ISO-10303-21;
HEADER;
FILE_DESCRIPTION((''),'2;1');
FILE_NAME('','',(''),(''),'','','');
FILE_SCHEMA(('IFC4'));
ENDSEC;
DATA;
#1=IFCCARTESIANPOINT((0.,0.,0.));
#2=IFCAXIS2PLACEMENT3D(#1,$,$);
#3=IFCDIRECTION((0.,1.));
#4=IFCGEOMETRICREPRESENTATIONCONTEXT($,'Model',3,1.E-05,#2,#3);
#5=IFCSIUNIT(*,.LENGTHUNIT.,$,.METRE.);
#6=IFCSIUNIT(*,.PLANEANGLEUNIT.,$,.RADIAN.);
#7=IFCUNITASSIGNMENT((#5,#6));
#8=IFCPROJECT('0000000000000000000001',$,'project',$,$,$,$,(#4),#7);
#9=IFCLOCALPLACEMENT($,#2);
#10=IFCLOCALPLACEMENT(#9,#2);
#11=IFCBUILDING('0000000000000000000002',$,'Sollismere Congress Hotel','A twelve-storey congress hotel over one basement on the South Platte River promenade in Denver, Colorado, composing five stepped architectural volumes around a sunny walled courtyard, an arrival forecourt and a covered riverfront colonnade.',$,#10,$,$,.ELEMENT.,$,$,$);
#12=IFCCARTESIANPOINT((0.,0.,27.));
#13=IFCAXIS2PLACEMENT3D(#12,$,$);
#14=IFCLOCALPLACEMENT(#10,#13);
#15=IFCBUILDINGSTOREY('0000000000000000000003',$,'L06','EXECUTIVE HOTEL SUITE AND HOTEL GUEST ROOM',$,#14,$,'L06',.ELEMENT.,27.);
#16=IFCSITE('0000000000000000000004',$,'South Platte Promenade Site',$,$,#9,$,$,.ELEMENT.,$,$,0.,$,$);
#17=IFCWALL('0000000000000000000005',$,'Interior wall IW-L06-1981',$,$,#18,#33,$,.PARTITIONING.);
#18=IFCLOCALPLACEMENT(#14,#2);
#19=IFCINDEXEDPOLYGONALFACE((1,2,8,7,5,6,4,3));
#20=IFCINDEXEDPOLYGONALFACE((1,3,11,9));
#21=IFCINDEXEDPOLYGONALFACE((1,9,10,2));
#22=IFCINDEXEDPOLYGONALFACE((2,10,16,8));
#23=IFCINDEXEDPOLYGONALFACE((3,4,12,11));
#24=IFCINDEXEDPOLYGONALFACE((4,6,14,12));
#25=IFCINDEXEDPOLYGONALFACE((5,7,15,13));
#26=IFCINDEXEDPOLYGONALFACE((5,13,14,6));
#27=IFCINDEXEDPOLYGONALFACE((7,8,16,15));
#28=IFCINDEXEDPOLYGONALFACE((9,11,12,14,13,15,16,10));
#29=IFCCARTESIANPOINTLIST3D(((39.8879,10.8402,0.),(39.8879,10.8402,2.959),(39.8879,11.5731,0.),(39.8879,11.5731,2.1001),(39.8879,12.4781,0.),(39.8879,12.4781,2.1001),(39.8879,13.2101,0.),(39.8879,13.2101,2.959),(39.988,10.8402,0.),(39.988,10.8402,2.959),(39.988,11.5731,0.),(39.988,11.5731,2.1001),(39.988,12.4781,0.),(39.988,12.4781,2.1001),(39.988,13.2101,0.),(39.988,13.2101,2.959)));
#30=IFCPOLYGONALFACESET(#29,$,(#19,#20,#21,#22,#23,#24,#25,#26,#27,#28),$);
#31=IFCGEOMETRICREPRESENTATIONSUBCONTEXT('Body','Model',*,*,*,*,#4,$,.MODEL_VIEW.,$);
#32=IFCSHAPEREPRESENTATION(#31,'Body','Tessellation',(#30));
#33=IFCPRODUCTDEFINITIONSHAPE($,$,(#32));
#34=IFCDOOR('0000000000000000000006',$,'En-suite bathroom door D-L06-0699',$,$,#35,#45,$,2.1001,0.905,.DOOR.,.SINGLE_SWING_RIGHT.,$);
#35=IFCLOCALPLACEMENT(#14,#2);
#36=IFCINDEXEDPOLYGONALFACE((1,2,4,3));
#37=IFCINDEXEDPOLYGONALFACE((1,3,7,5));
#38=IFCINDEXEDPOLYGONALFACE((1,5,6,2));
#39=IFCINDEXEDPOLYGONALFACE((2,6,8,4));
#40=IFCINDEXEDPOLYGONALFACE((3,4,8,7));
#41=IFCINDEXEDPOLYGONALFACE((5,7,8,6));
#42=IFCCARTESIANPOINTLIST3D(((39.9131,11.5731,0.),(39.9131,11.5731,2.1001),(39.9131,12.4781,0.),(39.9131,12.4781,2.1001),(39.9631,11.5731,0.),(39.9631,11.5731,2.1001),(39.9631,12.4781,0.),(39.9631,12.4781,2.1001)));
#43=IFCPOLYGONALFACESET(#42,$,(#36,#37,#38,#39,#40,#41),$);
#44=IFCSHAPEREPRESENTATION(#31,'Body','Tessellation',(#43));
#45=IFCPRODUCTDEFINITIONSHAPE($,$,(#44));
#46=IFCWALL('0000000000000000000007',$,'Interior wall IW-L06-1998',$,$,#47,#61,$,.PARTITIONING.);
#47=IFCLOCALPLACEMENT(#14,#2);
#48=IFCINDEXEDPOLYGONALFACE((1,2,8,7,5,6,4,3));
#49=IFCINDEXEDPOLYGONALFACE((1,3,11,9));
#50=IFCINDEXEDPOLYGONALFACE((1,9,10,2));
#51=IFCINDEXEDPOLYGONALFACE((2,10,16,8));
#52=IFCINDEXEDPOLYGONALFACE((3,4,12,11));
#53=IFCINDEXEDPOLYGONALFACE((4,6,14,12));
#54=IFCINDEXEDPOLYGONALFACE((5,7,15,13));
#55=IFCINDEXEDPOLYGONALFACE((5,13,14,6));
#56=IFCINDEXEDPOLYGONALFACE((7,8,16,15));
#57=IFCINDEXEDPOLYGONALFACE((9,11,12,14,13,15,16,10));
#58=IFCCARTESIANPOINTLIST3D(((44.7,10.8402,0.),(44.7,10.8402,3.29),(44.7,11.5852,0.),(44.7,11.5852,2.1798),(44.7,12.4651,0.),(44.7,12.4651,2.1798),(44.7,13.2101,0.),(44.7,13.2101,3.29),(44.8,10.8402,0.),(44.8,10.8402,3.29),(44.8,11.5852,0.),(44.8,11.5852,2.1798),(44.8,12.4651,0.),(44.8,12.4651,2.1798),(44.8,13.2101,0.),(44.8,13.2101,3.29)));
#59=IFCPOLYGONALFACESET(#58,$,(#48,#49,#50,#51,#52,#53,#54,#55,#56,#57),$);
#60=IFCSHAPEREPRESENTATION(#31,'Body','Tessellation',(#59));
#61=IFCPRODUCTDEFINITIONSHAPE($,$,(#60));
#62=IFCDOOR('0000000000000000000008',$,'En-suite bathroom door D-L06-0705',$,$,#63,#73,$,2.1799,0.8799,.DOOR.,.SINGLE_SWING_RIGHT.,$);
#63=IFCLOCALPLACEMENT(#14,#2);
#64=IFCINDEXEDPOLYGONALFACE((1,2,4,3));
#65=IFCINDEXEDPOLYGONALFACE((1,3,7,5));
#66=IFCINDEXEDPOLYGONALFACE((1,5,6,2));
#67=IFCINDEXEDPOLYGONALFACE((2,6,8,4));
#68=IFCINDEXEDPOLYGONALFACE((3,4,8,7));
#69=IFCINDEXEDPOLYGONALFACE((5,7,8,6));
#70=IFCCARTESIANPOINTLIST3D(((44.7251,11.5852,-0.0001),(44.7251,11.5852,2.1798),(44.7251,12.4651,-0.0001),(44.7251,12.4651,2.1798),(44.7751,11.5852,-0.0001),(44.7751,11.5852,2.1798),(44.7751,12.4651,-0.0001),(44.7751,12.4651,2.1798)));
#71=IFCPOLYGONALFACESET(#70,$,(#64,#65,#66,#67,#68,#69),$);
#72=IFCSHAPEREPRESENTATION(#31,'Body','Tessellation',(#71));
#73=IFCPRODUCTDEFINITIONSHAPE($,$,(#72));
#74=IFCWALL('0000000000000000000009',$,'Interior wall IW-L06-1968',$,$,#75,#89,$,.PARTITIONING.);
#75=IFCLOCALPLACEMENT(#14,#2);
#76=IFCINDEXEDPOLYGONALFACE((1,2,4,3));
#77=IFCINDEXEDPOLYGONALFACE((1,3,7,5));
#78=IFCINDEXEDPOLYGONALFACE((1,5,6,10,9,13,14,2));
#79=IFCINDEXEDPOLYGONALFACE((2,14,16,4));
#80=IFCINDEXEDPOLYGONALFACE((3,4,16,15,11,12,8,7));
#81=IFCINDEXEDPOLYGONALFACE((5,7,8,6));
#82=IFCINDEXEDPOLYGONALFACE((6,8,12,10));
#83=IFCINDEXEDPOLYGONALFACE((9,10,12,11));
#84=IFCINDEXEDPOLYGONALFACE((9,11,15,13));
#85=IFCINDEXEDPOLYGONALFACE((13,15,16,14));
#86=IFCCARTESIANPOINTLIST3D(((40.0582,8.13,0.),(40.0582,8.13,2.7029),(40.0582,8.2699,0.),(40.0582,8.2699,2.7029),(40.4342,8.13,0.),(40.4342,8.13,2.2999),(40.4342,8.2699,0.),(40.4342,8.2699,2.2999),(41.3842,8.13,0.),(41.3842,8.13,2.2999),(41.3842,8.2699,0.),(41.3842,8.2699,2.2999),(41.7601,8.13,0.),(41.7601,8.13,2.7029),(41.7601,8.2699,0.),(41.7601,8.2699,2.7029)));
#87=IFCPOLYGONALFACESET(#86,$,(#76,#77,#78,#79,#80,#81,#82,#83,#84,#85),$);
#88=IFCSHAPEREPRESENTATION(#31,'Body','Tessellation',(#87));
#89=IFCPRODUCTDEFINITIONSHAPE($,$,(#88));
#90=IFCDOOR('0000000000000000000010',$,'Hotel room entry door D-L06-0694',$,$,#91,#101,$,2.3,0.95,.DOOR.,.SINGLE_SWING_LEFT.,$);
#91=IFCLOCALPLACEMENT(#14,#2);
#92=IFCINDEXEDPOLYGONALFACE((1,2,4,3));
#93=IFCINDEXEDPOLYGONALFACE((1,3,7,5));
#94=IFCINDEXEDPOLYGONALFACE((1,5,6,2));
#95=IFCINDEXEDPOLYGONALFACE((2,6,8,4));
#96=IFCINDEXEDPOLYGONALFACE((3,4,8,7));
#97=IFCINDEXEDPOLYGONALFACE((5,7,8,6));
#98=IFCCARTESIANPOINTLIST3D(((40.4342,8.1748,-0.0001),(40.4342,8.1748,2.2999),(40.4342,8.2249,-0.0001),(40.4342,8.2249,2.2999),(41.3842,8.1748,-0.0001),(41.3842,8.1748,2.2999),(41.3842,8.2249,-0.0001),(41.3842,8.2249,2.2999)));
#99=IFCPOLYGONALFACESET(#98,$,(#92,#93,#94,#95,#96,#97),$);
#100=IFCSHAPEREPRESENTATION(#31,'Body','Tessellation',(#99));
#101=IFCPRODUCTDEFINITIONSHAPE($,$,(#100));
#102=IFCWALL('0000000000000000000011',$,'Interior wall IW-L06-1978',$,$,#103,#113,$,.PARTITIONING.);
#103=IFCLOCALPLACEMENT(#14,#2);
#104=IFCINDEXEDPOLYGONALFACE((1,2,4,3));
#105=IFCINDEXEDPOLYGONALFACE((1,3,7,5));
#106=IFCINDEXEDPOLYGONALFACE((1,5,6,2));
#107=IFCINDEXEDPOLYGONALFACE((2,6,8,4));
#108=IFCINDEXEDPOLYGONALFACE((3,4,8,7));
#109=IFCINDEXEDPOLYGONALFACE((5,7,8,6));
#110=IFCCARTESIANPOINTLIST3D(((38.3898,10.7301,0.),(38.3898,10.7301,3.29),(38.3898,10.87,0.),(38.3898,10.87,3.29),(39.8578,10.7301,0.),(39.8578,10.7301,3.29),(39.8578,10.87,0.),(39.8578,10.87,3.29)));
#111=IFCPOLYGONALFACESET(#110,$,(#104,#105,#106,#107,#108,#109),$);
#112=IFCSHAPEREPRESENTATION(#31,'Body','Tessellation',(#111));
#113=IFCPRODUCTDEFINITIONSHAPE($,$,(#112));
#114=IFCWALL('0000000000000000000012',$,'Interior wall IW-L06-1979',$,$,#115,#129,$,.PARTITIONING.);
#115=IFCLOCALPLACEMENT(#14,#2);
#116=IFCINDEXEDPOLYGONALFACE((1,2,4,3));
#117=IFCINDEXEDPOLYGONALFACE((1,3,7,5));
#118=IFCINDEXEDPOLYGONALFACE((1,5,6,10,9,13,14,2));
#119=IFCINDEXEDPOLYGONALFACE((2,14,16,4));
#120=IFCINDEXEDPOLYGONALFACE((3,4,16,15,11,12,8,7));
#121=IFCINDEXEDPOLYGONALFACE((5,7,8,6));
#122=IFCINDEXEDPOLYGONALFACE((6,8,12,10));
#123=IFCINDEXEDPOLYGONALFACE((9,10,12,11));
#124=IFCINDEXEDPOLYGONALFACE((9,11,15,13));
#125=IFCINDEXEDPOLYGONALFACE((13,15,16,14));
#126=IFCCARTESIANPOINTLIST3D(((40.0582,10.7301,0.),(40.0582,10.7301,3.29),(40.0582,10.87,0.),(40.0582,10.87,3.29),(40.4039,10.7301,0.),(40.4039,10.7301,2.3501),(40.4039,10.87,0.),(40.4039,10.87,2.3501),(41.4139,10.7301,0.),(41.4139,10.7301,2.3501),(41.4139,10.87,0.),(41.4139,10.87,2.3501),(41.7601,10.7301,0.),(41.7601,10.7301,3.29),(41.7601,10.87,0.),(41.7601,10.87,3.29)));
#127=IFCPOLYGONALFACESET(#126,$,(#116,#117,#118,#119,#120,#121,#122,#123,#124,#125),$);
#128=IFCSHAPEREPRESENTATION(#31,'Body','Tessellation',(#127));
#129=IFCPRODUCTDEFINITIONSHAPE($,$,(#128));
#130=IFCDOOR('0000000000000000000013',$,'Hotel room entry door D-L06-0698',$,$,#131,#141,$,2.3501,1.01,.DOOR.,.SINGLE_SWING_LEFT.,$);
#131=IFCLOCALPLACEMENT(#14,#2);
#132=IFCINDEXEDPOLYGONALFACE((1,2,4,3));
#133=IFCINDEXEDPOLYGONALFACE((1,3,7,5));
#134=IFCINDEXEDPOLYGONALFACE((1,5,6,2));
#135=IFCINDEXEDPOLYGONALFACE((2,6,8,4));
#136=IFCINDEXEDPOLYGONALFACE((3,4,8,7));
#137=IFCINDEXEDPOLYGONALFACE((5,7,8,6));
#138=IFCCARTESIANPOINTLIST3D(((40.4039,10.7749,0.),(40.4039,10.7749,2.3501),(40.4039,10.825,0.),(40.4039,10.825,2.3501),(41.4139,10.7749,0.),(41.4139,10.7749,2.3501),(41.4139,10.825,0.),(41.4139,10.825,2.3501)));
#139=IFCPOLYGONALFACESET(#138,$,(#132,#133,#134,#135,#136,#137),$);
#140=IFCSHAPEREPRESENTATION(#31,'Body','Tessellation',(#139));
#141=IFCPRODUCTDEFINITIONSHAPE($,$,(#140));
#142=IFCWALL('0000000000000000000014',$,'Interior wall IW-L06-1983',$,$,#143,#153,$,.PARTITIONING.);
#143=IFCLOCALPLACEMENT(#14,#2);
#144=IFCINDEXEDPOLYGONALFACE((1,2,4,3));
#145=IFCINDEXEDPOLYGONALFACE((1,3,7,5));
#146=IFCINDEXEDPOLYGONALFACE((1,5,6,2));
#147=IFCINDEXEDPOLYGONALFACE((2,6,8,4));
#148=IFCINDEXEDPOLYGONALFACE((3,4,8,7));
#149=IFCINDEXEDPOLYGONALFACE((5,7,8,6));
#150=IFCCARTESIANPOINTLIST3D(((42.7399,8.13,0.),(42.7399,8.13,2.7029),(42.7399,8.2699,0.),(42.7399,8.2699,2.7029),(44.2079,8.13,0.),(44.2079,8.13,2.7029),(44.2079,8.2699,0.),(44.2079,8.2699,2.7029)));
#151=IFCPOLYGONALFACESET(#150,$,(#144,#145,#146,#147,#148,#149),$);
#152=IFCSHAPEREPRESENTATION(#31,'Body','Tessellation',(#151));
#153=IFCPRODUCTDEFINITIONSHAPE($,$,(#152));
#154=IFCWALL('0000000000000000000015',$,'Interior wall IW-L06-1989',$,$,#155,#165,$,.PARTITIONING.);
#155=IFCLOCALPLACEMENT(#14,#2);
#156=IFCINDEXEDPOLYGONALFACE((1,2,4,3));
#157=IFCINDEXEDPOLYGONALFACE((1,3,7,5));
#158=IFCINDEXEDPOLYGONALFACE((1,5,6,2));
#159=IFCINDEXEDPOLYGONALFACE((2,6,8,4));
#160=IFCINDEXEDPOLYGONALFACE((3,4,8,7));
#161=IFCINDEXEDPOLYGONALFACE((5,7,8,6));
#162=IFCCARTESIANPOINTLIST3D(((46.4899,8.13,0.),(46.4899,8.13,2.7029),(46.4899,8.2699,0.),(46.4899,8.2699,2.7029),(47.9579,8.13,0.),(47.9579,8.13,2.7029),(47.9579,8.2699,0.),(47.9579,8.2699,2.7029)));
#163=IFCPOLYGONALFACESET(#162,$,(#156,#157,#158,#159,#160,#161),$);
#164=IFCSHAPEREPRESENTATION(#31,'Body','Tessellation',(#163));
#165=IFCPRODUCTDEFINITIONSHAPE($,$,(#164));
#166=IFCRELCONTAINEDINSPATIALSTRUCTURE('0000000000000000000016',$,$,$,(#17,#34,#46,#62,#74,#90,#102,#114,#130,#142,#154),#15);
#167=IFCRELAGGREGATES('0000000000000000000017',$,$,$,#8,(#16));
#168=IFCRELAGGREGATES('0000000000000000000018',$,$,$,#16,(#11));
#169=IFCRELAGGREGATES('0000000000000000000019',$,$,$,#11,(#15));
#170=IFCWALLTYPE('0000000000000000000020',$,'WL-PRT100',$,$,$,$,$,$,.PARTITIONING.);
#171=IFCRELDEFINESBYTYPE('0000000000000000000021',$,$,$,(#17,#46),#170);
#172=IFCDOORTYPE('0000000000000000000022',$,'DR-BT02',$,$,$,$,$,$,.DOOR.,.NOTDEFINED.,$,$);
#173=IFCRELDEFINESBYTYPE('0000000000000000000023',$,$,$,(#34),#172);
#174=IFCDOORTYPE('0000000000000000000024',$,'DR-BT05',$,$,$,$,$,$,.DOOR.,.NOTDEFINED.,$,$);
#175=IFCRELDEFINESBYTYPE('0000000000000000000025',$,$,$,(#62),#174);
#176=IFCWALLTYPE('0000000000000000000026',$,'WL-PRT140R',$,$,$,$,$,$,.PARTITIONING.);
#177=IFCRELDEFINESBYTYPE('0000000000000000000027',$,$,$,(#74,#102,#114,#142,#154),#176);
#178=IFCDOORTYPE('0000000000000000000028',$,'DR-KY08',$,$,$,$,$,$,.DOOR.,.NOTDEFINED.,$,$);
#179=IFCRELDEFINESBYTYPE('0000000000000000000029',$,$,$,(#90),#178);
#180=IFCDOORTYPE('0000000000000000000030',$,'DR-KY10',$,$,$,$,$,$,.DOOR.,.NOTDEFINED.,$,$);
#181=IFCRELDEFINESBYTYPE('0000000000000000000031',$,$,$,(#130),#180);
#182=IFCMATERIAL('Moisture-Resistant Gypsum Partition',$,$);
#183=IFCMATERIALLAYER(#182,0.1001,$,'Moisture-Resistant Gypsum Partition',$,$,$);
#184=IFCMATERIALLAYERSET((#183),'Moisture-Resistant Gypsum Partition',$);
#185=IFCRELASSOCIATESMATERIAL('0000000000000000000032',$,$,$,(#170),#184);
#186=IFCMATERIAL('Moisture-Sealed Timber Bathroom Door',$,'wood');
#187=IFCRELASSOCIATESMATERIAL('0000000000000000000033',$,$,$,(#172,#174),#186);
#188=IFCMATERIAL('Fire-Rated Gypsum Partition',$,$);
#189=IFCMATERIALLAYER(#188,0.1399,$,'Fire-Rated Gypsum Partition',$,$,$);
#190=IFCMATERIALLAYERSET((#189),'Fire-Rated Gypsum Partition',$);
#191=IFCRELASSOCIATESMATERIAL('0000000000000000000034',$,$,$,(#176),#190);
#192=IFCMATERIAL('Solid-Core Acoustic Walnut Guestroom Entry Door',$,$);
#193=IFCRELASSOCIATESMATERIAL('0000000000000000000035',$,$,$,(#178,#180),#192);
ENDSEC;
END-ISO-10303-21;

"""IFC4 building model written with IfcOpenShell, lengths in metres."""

from ifc_helpers import new_model, si_unit, direction, frame, frame_2d, origin, place, context, subcontext, project, spatial, rectangle, extrude, material, layer, layer_set, type_object, element, fill, save


model = new_model("IFC4")

# Units and contexts
model_context = context("Model", 3, precision=1e-05, world=origin(), true_north=direction((0.0, 1.0)))
body_context = subcontext(model_context, "Body", "Model", "MODEL_VIEW")
ifc_project = project(units=[si_unit("LENGTHUNIT", "METRE"), si_unit("PLANEANGLEUNIT", "RADIAN")], contexts=[model_context])

# Site, building, storey
site_placement = place(None, origin())
site = spatial("IfcSite", under=ifc_project, at=site_placement, Name="South Platte Promenade Site", CompositionType="ELEMENT", RefElevation=0.0)
building_placement = place(site_placement, origin())
building = spatial("IfcBuilding", under=site, at=building_placement, Name="Sollismere Congress Hotel", Description="A twelve-storey congress hotel over one basement on the South Platte River promenade in Denver, Colorado, composing five stepped architectural volumes around a sunny walled courtyard, an arrival forecourt and a covered riverfront colonnade.", CompositionType="ELEMENT")
storey_placement = place(building_placement, frame((0.0, 0.0, 27.0)))
storey = spatial("IfcBuildingStorey", under=building, at=storey_placement, Name="L06", Description="EXECUTIVE HOTEL SUITE AND HOTEL GUEST ROOM", LongName="L06", CompositionType="ELEMENT", Elevation=27.0)

# Walls, openings, doors
ifc_material_1 = material(Name="Moisture-Resistant Gypsum Partition")
ifc_layer_1 = layer(ifc_material_1, 0.1001, Name="Moisture-Resistant Gypsum Partition")
ifc_layer_set_1 = layer_set([ifc_layer_1], Name="Moisture-Resistant Gypsum Partition")
wall_type_1 = type_object("IfcWallType", Name="WL-PRT100", PredefinedType="PARTITIONING", material=ifc_layer_set_1)
wall_1_placement = place(storey_placement, frame((39.938, 10.8401, 0.0), z_axis=(0.0, 0.0, 1.0), x_axis=(0.0, 1.0, 0.0)))
wall_1 = element("IfcWall", 1, at=wall_1_placement, inside=storey, type_object=wall_type_1, Name="Interior wall IW-L06-1981", PredefinedType="PARTITIONING", context=body_context, shape_type="SweptSolid", body=[
    extrude(rectangle(XDim=2.3699, YDim=0.1001, at=frame_2d((1.1851, 0.0))), origin(), (0.0, 0.0, 1.0), 2.959),
])
opening_1_placement = place(wall_1_placement, frame((0.7329, 0.0, 0.0)))
opening_1 = element("IfcOpeningElement", 2, at=opening_1_placement, cuts=wall_1, PredefinedType="OPENING", context=body_context, shape_type="SweptSolid", body=[
    extrude(rectangle(XDim=0.905, YDim=2.1001, at=frame_2d((0.4526, 1.05))), frame((0.0, 0.0601, 0.0), z_axis=(0.0, -1.0, 0.0), x_axis=(1.0, 0.0, 0.0)), (0.0, 0.0, 1.0), 0.1201),
])
ifc_material_2 = material(Name="Moisture-Sealed Timber Bathroom Door", Category="wood")
door_type_1 = type_object("IfcDoorType", Name="DR-BT02", OperationType="NOTDEFINED", PredefinedType="DOOR", material=ifc_material_2)
door_1_placement = place(opening_1_placement, origin())
door_1 = element("IfcDoor", 3, at=door_1_placement, inside=storey, type_object=door_type_1, Name="En-suite bathroom door D-L06-0699", OperationType="SINGLE_SWING_RIGHT", OverallHeight=2.1001, OverallWidth=0.905, PredefinedType="DOOR", context=body_context, shape_type="SweptSolid", body=[
    extrude(rectangle(XDim=0.905, YDim=2.1001, at=frame_2d((0.4526, 1.05))), frame((0.0, 0.0249, 0.0), z_axis=(0.0, -1.0, 0.0), x_axis=(1.0, 0.0, 0.0)), (0.0, 0.0, 1.0), 0.05),
])
fill(opening_1, door_1)
wall_2_placement = place(storey_placement, frame((44.75, 10.8401, 0.0), z_axis=(0.0, 0.0, 1.0), x_axis=(0.0, 1.0, 0.0)))
wall_2 = element("IfcWall", 4, at=wall_2_placement, inside=storey, type_object=wall_type_1, Name="Interior wall IW-L06-1998", PredefinedType="PARTITIONING", context=body_context, shape_type="SweptSolid", body=[
    extrude(rectangle(XDim=2.3699, YDim=0.1001, at=frame_2d((1.1851, 0.0))), origin(), (0.0, 0.0, 1.0), 3.29),
])
opening_2_placement = place(wall_2_placement, frame((0.7451, 0.0, 0.0)))
opening_2 = element("IfcOpeningElement", 5, at=opening_2_placement, cuts=wall_2, PredefinedType="OPENING", context=body_context, shape_type="SweptSolid", body=[
    extrude(rectangle(XDim=0.8799, YDim=2.1799, at=frame_2d((0.4399, 1.0898))), frame((0.0, 0.0601, 0.0), z_axis=(0.0, -1.0, 0.0), x_axis=(1.0, 0.0, 0.0)), (0.0, 0.0, 1.0), 0.1201),
])
door_type_2 = type_object("IfcDoorType", Name="DR-BT05", OperationType="NOTDEFINED", PredefinedType="DOOR", material=ifc_material_2)
door_2_placement = place(opening_2_placement, origin())
door_2 = element("IfcDoor", 6, at=door_2_placement, inside=storey, type_object=door_type_2, Name="En-suite bathroom door D-L06-0705", OperationType="SINGLE_SWING_RIGHT", OverallHeight=2.1799, OverallWidth=0.8799, PredefinedType="DOOR", context=body_context, shape_type="SweptSolid", body=[
    extrude(rectangle(XDim=0.8799, YDim=2.1799, at=frame_2d((0.4399, 1.0898))), frame((0.0, 0.0249, 0.0), z_axis=(0.0, -1.0, 0.0), x_axis=(1.0, 0.0, 0.0)), (0.0, 0.0, 1.0), 0.05),
])
fill(opening_2, door_2)
ifc_material_3 = material(Name="Fire-Rated Gypsum Partition")
ifc_layer_2 = layer(ifc_material_3, 0.1399, Name="Fire-Rated Gypsum Partition")
ifc_layer_set_2 = layer_set([ifc_layer_2], Name="Fire-Rated Gypsum Partition")
wall_type_2 = type_object("IfcWallType", Name="WL-PRT140R", PredefinedType="PARTITIONING", material=ifc_layer_set_2)
wall_3_placement = place(storey_placement, frame((40.0581, 8.2, 0.0), z_axis=(0.0, 0.0, 1.0), x_axis=(1.0, 0.0, 0.0)))
wall_3 = element("IfcWall", 7, at=wall_3_placement, inside=storey, type_object=wall_type_2, Name="Interior wall IW-L06-1968", PredefinedType="PARTITIONING", context=body_context, shape_type="SweptSolid", body=[
    extrude(rectangle(XDim=1.7019, YDim=0.1399, at=frame_2d((0.8511, 0.0))), origin(), (0.0, 0.0, 1.0), 2.7029),
])
opening_3_placement = place(wall_3_placement, frame((0.376, 0.0, 0.0)))
opening_3 = element("IfcOpeningElement", 8, at=opening_3_placement, cuts=wall_3, PredefinedType="OPENING", context=body_context, shape_type="SweptSolid", body=[
    extrude(rectangle(XDim=0.95, YDim=2.3, at=frame_2d((0.4751, 1.1499))), frame((0.0, 0.0798, 0.0), z_axis=(0.0, -1.0, 0.0), x_axis=(1.0, 0.0, 0.0)), (0.0, 0.0, 1.0), 0.1599),
])
ifc_material_4 = material(Name="Solid-Core Acoustic Walnut Guestroom Entry Door")
door_type_3 = type_object("IfcDoorType", Name="DR-KY08", OperationType="NOTDEFINED", PredefinedType="DOOR", material=ifc_material_4)
door_3_placement = place(opening_3_placement, origin())
door_3 = element("IfcDoor", 9, at=door_3_placement, inside=storey, type_object=door_type_3, Name="Hotel room entry door D-L06-0694", OperationType="SINGLE_SWING_LEFT", OverallHeight=2.3, OverallWidth=0.95, PredefinedType="DOOR", context=body_context, shape_type="SweptSolid", body=[
    extrude(rectangle(XDim=0.95, YDim=2.3, at=frame_2d((0.4751, 1.1499))), frame((0.0, 0.0249, 0.0), z_axis=(0.0, -1.0, 0.0), x_axis=(1.0, 0.0, 0.0)), (0.0, 0.0, 1.0), 0.05),
])
fill(opening_3, door_3)

# Wall
wall_4_placement = place(storey_placement, frame((38.3899, 10.8, 0.0), z_axis=(0.0, 0.0, 1.0), x_axis=(1.0, 0.0, 0.0)))
element("IfcWall", 10, at=wall_4_placement, inside=storey, type_object=wall_type_2, Name="Interior wall IW-L06-1978", PredefinedType="PARTITIONING", context=body_context, shape_type="SweptSolid", body=[
    extrude(rectangle(XDim=1.468, YDim=0.1399, at=frame_2d((0.7339, 0.0))), origin(), (0.0, 0.0, 1.0), 3.29),
])

# Wall, opening, door
wall_5_placement = place(storey_placement, frame((40.0581, 10.8, 0.0), z_axis=(0.0, 0.0, 1.0), x_axis=(1.0, 0.0, 0.0)))
wall_5 = element("IfcWall", 11, at=wall_5_placement, inside=storey, type_object=wall_type_2, Name="Interior wall IW-L06-1979", PredefinedType="PARTITIONING", context=body_context, shape_type="SweptSolid", body=[
    extrude(rectangle(XDim=1.7019, YDim=0.1399, at=frame_2d((0.8511, 0.0))), origin(), (0.0, 0.0, 1.0), 3.29),
])
opening_4_placement = place(wall_5_placement, frame((0.3459, 0.0, 0.0)))
opening_4 = element("IfcOpeningElement", 12, at=opening_4_placement, cuts=wall_5, PredefinedType="OPENING", context=body_context, shape_type="SweptSolid", body=[
    extrude(rectangle(XDim=1.01, YDim=2.3501, at=frame_2d((0.5049, 1.175))), frame((0.0, 0.0798, 0.0), z_axis=(0.0, -1.0, 0.0), x_axis=(1.0, 0.0, 0.0)), (0.0, 0.0, 1.0), 0.1599),
])
door_type_4 = type_object("IfcDoorType", Name="DR-KY10", OperationType="NOTDEFINED", PredefinedType="DOOR", material=ifc_material_4)
door_4_placement = place(opening_4_placement, origin())
door_4 = element("IfcDoor", 13, at=door_4_placement, inside=storey, type_object=door_type_4, Name="Hotel room entry door D-L06-0698", OperationType="SINGLE_SWING_LEFT", OverallHeight=2.3501, OverallWidth=1.01, PredefinedType="DOOR", context=body_context, shape_type="SweptSolid", body=[
    extrude(rectangle(XDim=1.01, YDim=2.3501, at=frame_2d((0.5049, 1.175))), frame((0.0, 0.0249, 0.0), z_axis=(0.0, -1.0, 0.0), x_axis=(1.0, 0.0, 0.0)), (0.0, 0.0, 1.0), 0.05),
])
fill(opening_4, door_4)

# Wall
wall_6_placement = place(storey_placement, frame((42.74, 8.2, 0.0), z_axis=(0.0, 0.0, 1.0), x_axis=(1.0, 0.0, 0.0)))
element("IfcWall", 14, at=wall_6_placement, inside=storey, type_object=wall_type_2, Name="Interior wall IW-L06-1983", PredefinedType="PARTITIONING", context=body_context, shape_type="SweptSolid", body=[
    extrude(rectangle(XDim=1.468, YDim=0.1399, at=frame_2d((0.7339, 0.0))), origin(), (0.0, 0.0, 1.0), 2.7029),
])

# Wall
wall_7_placement = place(storey_placement, frame((46.49, 8.2, 0.0), z_axis=(0.0, 0.0, 1.0), x_axis=(1.0, 0.0, 0.0)))
element("IfcWall", 15, at=wall_7_placement, inside=storey, type_object=wall_type_2, Name="Interior wall IW-L06-1989", PredefinedType="PARTITIONING", context=body_context, shape_type="SweptSolid", body=[
    extrude(rectangle(XDim=1.468, YDim=0.1399, at=frame_2d((0.7339, 0.0))), origin(), (0.0, 0.0, 1.0), 2.7029),
])

save(model, "model.ifc")
